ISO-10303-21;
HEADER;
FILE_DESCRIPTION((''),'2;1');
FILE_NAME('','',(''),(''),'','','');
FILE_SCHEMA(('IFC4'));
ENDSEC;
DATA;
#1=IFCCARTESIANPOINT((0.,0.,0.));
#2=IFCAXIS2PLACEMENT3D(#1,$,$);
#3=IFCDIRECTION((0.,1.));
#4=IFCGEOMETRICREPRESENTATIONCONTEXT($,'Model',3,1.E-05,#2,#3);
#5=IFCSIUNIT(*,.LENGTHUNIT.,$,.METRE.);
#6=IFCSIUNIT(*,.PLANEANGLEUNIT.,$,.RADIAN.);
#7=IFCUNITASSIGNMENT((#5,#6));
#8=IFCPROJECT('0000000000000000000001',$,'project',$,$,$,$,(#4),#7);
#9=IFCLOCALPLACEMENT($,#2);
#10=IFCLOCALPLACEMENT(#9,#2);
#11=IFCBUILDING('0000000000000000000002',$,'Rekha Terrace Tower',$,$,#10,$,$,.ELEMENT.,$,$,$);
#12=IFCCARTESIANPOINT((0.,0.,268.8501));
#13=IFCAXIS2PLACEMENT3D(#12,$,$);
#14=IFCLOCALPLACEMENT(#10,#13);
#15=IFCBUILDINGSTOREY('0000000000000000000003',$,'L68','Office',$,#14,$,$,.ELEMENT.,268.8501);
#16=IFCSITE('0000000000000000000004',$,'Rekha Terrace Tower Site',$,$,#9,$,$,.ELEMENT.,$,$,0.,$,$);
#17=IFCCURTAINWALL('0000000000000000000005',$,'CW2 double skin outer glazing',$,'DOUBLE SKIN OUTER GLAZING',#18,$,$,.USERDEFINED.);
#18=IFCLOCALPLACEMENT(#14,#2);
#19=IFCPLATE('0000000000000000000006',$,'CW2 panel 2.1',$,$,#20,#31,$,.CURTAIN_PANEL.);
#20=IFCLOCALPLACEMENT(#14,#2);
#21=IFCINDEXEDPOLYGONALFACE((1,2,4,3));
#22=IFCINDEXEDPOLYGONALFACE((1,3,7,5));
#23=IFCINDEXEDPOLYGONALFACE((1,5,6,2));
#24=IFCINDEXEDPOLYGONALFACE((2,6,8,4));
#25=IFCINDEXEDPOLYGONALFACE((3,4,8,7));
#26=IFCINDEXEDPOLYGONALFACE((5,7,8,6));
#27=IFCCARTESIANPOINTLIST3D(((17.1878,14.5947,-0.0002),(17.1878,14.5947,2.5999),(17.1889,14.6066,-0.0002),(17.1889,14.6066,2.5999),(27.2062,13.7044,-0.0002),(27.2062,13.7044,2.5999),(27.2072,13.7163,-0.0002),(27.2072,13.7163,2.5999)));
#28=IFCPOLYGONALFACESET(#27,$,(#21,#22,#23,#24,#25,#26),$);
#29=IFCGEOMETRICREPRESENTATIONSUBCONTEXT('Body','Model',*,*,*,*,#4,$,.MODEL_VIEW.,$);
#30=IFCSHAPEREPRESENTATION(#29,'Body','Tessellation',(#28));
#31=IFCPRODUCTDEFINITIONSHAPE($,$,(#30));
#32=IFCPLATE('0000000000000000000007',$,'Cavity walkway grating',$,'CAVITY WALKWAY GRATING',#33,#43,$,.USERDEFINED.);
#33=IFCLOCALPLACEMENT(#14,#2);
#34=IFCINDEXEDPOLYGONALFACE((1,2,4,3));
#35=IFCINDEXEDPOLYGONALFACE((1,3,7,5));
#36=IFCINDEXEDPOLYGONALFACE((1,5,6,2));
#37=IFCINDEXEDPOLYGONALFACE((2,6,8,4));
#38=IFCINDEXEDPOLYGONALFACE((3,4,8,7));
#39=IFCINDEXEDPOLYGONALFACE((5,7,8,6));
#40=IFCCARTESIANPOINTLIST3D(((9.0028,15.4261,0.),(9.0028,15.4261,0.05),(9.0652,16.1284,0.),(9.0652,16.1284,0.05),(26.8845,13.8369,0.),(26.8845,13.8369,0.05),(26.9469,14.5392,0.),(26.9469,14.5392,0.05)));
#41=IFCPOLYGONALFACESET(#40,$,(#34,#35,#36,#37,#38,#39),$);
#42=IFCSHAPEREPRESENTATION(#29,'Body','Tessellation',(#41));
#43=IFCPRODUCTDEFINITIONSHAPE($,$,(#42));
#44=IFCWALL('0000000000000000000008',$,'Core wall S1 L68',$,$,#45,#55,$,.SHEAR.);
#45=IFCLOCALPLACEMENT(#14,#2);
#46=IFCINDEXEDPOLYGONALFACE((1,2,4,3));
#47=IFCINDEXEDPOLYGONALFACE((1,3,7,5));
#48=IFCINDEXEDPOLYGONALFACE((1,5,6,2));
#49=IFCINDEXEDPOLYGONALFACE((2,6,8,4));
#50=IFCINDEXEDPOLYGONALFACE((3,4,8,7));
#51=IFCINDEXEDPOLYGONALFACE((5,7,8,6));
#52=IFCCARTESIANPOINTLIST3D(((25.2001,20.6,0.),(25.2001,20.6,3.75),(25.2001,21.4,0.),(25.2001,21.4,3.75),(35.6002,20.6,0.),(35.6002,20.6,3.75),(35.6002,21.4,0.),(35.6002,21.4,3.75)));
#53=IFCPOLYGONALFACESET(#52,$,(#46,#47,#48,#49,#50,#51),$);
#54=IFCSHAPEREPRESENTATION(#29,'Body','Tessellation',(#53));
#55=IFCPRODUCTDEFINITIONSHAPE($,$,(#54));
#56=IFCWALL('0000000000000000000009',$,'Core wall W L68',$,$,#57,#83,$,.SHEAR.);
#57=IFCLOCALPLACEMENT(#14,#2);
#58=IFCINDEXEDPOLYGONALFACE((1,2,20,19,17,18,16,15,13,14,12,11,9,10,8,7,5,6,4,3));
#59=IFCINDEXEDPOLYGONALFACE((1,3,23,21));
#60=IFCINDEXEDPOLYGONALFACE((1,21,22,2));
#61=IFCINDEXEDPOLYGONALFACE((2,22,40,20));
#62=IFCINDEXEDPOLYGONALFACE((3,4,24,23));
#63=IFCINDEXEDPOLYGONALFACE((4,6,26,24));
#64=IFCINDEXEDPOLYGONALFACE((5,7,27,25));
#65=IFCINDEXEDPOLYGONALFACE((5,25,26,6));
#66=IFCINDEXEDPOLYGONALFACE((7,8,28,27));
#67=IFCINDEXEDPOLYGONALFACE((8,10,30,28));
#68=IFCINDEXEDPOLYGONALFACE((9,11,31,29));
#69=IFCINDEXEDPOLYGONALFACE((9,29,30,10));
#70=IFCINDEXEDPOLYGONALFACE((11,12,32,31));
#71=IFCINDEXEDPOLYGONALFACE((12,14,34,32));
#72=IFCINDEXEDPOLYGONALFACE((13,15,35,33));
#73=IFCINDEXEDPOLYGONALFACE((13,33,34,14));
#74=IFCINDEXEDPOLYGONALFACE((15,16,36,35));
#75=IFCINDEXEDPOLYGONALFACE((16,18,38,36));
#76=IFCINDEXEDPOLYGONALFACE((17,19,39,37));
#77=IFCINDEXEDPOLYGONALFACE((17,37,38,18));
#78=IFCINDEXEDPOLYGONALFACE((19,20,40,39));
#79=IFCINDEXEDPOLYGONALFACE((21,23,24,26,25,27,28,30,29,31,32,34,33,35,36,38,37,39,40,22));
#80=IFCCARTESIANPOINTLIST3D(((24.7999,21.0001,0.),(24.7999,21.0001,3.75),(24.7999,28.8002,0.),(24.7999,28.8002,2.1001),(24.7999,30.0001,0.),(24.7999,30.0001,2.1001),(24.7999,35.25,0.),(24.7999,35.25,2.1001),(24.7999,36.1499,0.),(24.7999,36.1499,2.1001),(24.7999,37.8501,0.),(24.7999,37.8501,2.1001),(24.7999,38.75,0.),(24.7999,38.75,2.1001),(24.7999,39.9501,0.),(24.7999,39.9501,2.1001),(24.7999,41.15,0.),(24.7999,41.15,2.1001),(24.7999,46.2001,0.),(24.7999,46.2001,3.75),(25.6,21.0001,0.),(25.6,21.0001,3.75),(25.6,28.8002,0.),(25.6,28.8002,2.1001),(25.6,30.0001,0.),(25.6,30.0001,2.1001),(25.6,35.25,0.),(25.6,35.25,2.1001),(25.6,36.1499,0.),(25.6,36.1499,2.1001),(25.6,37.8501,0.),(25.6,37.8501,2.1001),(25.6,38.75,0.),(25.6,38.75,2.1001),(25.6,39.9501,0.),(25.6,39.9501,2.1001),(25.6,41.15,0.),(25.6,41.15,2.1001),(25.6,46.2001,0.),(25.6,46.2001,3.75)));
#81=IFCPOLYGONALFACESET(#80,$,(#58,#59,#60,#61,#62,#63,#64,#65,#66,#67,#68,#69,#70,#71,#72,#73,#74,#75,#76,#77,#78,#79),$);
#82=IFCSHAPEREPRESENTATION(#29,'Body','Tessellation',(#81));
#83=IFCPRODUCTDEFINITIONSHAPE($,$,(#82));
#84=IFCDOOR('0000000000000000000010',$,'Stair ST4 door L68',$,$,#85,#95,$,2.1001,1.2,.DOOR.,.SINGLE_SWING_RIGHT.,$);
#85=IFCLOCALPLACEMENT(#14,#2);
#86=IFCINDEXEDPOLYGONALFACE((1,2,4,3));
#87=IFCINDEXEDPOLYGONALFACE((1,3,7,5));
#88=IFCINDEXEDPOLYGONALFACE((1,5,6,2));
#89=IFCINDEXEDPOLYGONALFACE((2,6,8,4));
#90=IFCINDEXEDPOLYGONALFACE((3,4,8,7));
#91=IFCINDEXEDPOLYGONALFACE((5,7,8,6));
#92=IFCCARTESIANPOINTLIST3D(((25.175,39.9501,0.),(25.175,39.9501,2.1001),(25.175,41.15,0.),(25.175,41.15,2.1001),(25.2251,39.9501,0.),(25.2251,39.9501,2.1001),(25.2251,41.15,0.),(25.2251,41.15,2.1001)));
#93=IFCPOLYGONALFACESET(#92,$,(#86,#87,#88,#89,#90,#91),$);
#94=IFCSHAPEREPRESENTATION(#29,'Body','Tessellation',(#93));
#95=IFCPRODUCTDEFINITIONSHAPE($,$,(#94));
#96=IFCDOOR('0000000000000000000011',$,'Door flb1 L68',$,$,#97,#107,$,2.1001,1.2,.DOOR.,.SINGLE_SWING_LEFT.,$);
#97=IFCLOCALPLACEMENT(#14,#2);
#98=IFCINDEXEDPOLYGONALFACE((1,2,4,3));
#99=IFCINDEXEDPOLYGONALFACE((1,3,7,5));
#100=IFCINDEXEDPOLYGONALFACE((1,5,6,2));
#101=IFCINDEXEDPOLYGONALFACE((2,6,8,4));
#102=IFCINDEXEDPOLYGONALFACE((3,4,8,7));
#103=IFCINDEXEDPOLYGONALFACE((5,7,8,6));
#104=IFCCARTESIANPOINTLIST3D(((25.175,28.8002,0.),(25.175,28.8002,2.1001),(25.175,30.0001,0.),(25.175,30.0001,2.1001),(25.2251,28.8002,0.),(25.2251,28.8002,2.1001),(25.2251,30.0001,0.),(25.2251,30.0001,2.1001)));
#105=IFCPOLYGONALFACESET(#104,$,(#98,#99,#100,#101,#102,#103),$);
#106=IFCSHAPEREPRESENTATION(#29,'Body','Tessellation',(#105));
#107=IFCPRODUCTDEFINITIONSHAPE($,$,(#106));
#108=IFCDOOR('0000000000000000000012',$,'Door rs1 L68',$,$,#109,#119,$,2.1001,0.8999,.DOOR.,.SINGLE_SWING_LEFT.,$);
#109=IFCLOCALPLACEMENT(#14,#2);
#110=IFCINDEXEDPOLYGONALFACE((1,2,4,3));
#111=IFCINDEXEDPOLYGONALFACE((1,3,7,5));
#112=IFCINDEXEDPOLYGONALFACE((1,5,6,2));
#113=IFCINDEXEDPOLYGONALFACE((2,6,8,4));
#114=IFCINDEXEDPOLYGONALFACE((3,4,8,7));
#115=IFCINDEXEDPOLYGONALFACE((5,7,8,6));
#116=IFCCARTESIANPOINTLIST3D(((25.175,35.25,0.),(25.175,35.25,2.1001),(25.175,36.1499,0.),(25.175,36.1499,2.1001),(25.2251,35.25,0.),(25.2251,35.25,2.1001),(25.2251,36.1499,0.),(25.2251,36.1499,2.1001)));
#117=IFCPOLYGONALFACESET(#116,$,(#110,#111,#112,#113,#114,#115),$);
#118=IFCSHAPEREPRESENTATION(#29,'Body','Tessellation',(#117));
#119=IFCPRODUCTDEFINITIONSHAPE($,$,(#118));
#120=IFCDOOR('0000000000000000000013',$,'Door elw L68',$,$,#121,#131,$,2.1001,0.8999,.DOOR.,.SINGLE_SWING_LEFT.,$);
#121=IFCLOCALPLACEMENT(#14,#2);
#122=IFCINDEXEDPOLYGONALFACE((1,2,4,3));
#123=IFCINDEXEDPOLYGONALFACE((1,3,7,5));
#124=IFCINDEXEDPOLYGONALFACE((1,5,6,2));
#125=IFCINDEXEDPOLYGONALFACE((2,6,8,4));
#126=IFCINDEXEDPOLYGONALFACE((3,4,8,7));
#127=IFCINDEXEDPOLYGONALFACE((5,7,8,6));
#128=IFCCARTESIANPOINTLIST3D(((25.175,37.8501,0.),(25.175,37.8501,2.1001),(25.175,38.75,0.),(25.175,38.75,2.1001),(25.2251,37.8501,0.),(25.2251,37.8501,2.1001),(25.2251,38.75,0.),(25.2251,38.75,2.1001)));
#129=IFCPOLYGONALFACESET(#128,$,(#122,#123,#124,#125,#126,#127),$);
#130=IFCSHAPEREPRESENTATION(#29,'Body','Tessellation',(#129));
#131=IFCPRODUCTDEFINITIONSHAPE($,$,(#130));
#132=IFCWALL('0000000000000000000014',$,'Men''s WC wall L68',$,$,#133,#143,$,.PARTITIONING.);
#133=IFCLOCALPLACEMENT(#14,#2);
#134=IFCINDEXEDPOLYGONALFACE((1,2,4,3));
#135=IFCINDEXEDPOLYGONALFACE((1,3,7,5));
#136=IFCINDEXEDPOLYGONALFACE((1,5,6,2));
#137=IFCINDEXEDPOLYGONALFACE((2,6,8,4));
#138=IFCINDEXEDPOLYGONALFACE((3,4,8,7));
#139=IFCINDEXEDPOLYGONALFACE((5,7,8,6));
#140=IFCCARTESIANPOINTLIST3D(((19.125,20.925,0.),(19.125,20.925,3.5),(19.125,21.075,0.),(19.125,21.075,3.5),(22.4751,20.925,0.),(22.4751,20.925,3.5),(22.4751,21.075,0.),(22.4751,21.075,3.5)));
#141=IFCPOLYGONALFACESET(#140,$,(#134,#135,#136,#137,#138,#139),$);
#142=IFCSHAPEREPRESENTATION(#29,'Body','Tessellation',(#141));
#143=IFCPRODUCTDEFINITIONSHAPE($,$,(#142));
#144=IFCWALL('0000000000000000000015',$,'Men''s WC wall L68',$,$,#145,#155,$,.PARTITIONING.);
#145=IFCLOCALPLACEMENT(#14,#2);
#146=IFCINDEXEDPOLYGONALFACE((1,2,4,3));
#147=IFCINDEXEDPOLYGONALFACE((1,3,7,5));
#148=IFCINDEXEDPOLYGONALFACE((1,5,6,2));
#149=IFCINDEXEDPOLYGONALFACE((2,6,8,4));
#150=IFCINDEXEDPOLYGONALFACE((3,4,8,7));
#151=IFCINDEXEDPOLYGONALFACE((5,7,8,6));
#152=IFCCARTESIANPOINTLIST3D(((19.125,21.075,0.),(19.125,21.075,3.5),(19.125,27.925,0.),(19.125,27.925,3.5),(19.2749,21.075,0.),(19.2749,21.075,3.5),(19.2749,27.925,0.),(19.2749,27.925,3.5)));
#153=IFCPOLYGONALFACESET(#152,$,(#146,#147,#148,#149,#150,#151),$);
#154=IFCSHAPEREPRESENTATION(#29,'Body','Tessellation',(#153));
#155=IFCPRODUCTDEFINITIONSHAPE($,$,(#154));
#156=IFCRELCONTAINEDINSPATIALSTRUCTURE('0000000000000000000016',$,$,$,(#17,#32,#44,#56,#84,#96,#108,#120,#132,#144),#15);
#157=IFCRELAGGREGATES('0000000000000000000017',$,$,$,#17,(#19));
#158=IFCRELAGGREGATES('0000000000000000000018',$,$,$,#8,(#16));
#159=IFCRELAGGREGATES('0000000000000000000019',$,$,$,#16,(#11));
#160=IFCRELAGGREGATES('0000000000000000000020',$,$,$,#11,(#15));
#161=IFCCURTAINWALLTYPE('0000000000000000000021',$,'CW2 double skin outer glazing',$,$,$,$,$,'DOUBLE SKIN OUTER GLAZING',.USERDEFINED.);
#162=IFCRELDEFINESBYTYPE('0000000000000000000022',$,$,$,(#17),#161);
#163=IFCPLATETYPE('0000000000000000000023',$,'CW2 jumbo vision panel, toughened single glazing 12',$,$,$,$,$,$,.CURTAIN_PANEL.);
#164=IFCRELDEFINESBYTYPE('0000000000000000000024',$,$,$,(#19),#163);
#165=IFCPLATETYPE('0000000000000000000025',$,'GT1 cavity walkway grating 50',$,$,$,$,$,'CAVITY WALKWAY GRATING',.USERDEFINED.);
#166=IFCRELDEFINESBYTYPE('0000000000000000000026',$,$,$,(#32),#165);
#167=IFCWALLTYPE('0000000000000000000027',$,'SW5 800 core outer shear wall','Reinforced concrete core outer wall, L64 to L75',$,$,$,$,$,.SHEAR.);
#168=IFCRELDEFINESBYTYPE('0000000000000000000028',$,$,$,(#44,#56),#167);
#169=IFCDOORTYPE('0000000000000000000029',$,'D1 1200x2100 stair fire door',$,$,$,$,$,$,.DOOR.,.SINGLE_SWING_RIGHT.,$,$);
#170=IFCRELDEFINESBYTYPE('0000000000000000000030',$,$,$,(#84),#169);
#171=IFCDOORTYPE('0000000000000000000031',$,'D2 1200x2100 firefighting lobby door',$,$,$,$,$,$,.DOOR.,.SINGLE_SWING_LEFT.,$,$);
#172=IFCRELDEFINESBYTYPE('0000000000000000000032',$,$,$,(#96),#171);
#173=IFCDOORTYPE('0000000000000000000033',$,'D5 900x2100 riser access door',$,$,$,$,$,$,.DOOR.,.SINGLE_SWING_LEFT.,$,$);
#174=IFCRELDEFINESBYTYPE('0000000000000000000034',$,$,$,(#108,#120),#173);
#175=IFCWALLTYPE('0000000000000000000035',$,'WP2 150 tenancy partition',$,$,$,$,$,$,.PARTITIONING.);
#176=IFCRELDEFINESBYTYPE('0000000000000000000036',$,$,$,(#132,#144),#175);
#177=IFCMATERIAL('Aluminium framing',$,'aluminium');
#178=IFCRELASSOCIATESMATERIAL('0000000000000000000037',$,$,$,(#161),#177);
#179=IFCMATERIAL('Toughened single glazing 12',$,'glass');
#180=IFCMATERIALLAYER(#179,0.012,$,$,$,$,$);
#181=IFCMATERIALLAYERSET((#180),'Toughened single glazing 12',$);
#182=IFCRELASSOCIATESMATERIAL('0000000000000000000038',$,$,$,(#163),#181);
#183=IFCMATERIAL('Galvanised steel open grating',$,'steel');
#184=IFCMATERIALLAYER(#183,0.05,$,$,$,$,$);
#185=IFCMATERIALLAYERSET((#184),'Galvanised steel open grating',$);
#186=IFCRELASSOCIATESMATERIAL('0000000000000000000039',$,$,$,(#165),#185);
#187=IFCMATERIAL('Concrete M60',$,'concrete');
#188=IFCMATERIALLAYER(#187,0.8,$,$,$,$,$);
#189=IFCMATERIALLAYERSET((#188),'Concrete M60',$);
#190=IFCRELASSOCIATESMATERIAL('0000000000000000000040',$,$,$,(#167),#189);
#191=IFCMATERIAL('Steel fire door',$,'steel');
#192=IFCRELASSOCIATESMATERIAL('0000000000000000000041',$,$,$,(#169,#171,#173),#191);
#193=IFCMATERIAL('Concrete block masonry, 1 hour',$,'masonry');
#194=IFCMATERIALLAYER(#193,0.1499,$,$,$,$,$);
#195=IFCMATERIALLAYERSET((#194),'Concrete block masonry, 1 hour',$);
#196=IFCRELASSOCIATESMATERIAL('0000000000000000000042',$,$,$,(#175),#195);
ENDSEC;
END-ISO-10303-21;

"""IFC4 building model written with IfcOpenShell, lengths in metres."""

from ifc_helpers import new_model, si_unit, direction, frame, frame_2d, origin, origin_2d, place, context, subcontext, project, spatial, rectangle, extrude, material, layer, layer_set, type_object, element, fill, aggregate, save


model = new_model("IFC4")

# Units and contexts
model_context = context("Model", 3, precision=1e-05, world=origin(), true_north=direction((0.0, 1.0)))
body_context = subcontext(model_context, "Body", "Model", "MODEL_VIEW")
ifc_project = project(units=[si_unit("LENGTHUNIT", "METRE"), si_unit("PLANEANGLEUNIT", "RADIAN")], contexts=[model_context])

# Site, building, storey
site_placement = place(None, origin())
site = spatial("IfcSite", under=ifc_project, at=site_placement, Name="Rekha Terrace Tower Site", CompositionType="ELEMENT", RefElevation=0.0)
building_placement = place(site_placement, origin())
building = spatial("IfcBuilding", under=site, at=building_placement, Name="Rekha Terrace Tower", CompositionType="ELEMENT")
storey_placement = place(building_placement, frame((0.0, 0.0, 268.8501)))
storey = spatial("IfcBuildingStorey", under=building, at=storey_placement, Name="L68", Description="Office", CompositionType="ELEMENT", Elevation=268.8501)

# Shared definitions
ifc_material_1 = material(Name="Aluminium framing", Category="aluminium")

# Curtain wall
curtain_wall_type_1 = type_object("IfcCurtainWallType", Name="CW2 double skin outer glazing", ElementType="DOUBLE SKIN OUTER GLAZING", PredefinedType="USERDEFINED", material=ifc_material_1)
curtain_wall_1_placement = place(storey_placement, origin())
curtain_wall_1 = element("IfcCurtainWall", 1, at=curtain_wall_1_placement, inside=storey, type_object=curtain_wall_type_1, Name="CW2 double skin outer glazing", ObjectType="DOUBLE SKIN OUTER GLAZING", PredefinedType="USERDEFINED")

# Plates
ifc_material_2 = material(Name="Toughened single glazing 12", Category="glass")
ifc_layer_1 = layer(ifc_material_2, 0.012)
ifc_layer_set_1 = layer_set([ifc_layer_1], Name="Toughened single glazing 12")
plate_type_1 = type_object("IfcPlateType", Name="CW2 jumbo vision panel, toughened single glazing 12", PredefinedType="CURTAIN_PANEL", material=ifc_layer_set_1)
plate_1_placement = place(storey_placement, frame((22.1975, 14.1555, -0.0002), z_axis=(0.0, 0.0, 1.0), x_axis=(0.996074, -0.088522, 0.0)))
plate_1 = element("IfcPlate", 2, at=plate_1_placement, type_object=plate_type_1, Name="CW2 panel 2.1", PredefinedType="CURTAIN_PANEL", context=body_context, shape_type="SweptSolid", body=[
    extrude(rectangle(XDim=10.0579, YDim=0.012, at=origin_2d()), origin(), (0.0, 0.0, 1.0), 2.6001),
])
aggregate(curtain_wall_1, [plate_1])
ifc_material_3 = material(Name="Galvanised steel open grating", Category="steel")
ifc_layer_2 = layer(ifc_material_3, 0.05)
ifc_layer_set_2 = layer_set([ifc_layer_2], Name="Galvanised steel open grating")
plate_type_2 = type_object("IfcPlateType", Name="GT1 cavity walkway grating 50", ElementType="CAVITY WALKWAY GRATING", PredefinedType="USERDEFINED", material=ifc_layer_set_2)
plate_2_placement = place(storey_placement, frame((17.9749, 14.9827, 0.0), z_axis=(0.0, 0.0, 1.0), x_axis=(0.996074, -0.088522, 0.0)))
element("IfcPlate", 3, at=plate_2_placement, inside=storey, type_object=plate_type_2, Name="Cavity walkway grating", ObjectType="CAVITY WALKWAY GRATING", PredefinedType="USERDEFINED", context=body_context, shape_type="SweptSolid", body=[
    extrude(rectangle(XDim=17.9521, YDim=0.7051, at=origin_2d()), origin(), (0.0, 0.0, 1.0), 0.05),
])

# Wall
ifc_material_4 = material(Name="Concrete M60", Category="concrete")
ifc_layer_3 = layer(ifc_material_4, 0.8)
ifc_layer_set_3 = layer_set([ifc_layer_3], Name="Concrete M60")
wall_type_1 = type_object("IfcWallType", Name="SW5 800 core outer shear wall", Description="Reinforced concrete core outer wall, L64 to L75", PredefinedType="SHEAR", material=ifc_layer_set_3)
wall_1_placement = place(storey_placement, frame((25.2, 21.0, 0.0), z_axis=(0.0, 0.0, 1.0), x_axis=(1.0, 0.0, 0.0)))
element("IfcWall", 4, at=wall_1_placement, inside=storey, type_object=wall_type_1, Name="Core wall S1 L68", PredefinedType="SHEAR", context=body_context, shape_type="SweptSolid", body=[
    extrude(rectangle(XDim=10.4001, YDim=0.8, at=frame_2d((5.2002, 0.0))), origin(), (0.0, 0.0, 1.0), 3.75),
])

# Wall, openings, doors
wall_2_placement = place(storey_placement, frame((25.2, 21.0, 0.0), z_axis=(0.0, 0.0, 1.0), x_axis=(0.0, 1.0, 0.0)))
wall_2 = element("IfcWall", 5, at=wall_2_placement, inside=storey, type_object=wall_type_1, Name="Core wall W L68", PredefinedType="SHEAR", context=body_context, shape_type="SweptSolid", body=[
    extrude(rectangle(XDim=25.2, YDim=0.8, at=frame_2d((12.6001, 0.0))), origin(), (0.0, 0.0, 1.0), 3.75),
])
opening_1_placement = place(wall_2_placement, frame((7.8, 0.0, 0.0)))
opening_1 = element("IfcOpeningElement", 6, at=opening_1_placement, cuts=wall_2, PredefinedType="OPENING", context=body_context, shape_type="SweptSolid", body=[
    extrude(rectangle(XDim=1.2, YDim=2.1001, at=frame_2d((0.6001, 1.05))), frame((0.0, 0.4099, 0.0), z_axis=(0.0, -1.0, 0.0), x_axis=(1.0, 0.0, 0.0)), (0.0, 0.0, 1.0), 0.8201),
])
opening_2_placement = place(wall_2_placement, frame((14.25, 0.0, 0.0)))
opening_2 = element("IfcOpeningElement", 7, at=opening_2_placement, cuts=wall_2, PredefinedType="OPENING", context=body_context, shape_type="SweptSolid", body=[
    extrude(rectangle(XDim=0.8999, YDim=2.1001, at=frame_2d((0.45, 1.05))), frame((0.0, 0.4099, 0.0), z_axis=(0.0, -1.0, 0.0), x_axis=(1.0, 0.0, 0.0)), (0.0, 0.0, 1.0), 0.8201),
])
opening_3_placement = place(wall_2_placement, frame((16.8501, 0.0, 0.0)))
opening_3 = element("IfcOpeningElement", 8, at=opening_3_placement, cuts=wall_2, PredefinedType="OPENING", context=body_context, shape_type="SweptSolid", body=[
    extrude(rectangle(XDim=0.8999, YDim=2.1001, at=frame_2d((0.45, 1.05))), frame((0.0, 0.4099, 0.0), z_axis=(0.0, -1.0, 0.0), x_axis=(1.0, 0.0, 0.0)), (0.0, 0.0, 1.0), 0.8201),
])
opening_4_placement = place(wall_2_placement, frame((18.95, 0.0, 0.0)))
opening_4 = element("IfcOpeningElement", 9, at=opening_4_placement, cuts=wall_2, PredefinedType="OPENING", context=body_context, shape_type="SweptSolid", body=[
    extrude(rectangle(XDim=1.2, YDim=2.1001, at=frame_2d((0.6001, 1.05))), frame((0.0, 0.4099, 0.0), z_axis=(0.0, -1.0, 0.0), x_axis=(1.0, 0.0, 0.0)), (0.0, 0.0, 1.0), 0.8201),
])
ifc_material_5 = material(Name="Steel fire door", Category="steel")
door_type_1 = type_object("IfcDoorType", Name="D1 1200x2100 stair fire door", OperationType="SINGLE_SWING_RIGHT", PredefinedType="DOOR", material=ifc_material_5)
door_1_placement = place(opening_4_placement, origin())
door_1 = element("IfcDoor", 10, at=door_1_placement, inside=storey, type_object=door_type_1, Name="Stair ST4 door L68", OperationType="SINGLE_SWING_RIGHT", OverallHeight=2.1001, OverallWidth=1.2, PredefinedType="DOOR", context=body_context, shape_type="SweptSolid", body=[
    extrude(rectangle(XDim=1.2, YDim=2.1001, at=frame_2d((0.6001, 1.05))), frame((0.0, 0.0249, 0.0), z_axis=(0.0, -1.0, 0.0), x_axis=(1.0, 0.0, 0.0)), (0.0, 0.0, 1.0), 0.05),
])
fill(opening_4, door_1)
door_type_2 = type_object("IfcDoorType", Name="D2 1200x2100 firefighting lobby door", OperationType="SINGLE_SWING_LEFT", PredefinedType="DOOR", material=ifc_material_5)
door_2_placement = place(opening_1_placement, origin())
door_2 = element("IfcDoor", 11, at=door_2_placement, inside=storey, type_object=door_type_2, Name="Door flb1 L68", OperationType="SINGLE_SWING_LEFT", OverallHeight=2.1001, OverallWidth=1.2, PredefinedType="DOOR", context=body_context, shape_type="SweptSolid", body=[
    extrude(rectangle(XDim=1.2, YDim=2.1001, at=frame_2d((0.6001, 1.05))), frame((0.0, 0.0249, 0.0), z_axis=(0.0, -1.0, 0.0), x_axis=(1.0, 0.0, 0.0)), (0.0, 0.0, 1.0), 0.05),
])
fill(opening_1, door_2)
door_type_3 = type_object("IfcDoorType", Name="D5 900x2100 riser access door", OperationType="SINGLE_SWING_LEFT", PredefinedType="DOOR", material=ifc_material_5)
door_3_placement = place(opening_2_placement, origin())
door_3 = element("IfcDoor", 12, at=door_3_placement, inside=storey, type_object=door_type_3, Name="Door rs1 L68", OperationType="SINGLE_SWING_LEFT", OverallHeight=2.1001, OverallWidth=0.8999, PredefinedType="DOOR", context=body_context, shape_type="SweptSolid", body=[
    extrude(rectangle(XDim=0.8999, YDim=2.1001, at=frame_2d((0.45, 1.05))), frame((0.0, 0.0249, 0.0), z_axis=(0.0, -1.0, 0.0), x_axis=(1.0, 0.0, 0.0)), (0.0, 0.0, 1.0), 0.05),
])
fill(opening_2, door_3)
door_4_placement = place(opening_3_placement, origin())
door_4 = element("IfcDoor", 13, at=door_4_placement, inside=storey, type_object=door_type_3, Name="Door elw L68", OperationType="SINGLE_SWING_LEFT", OverallHeight=2.1001, OverallWidth=0.8999, PredefinedType="DOOR", context=body_context, shape_type="SweptSolid", body=[
    extrude(rectangle(XDim=0.8999, YDim=2.1001, at=frame_2d((0.45, 1.05))), frame((0.0, 0.0249, 0.0), z_axis=(0.0, -1.0, 0.0), x_axis=(1.0, 0.0, 0.0)), (0.0, 0.0, 1.0), 0.05),
])
fill(opening_3, door_4)

# Walls
ifc_material_6 = material(Name="Concrete block masonry, 1 hour", Category="masonry")
ifc_layer_4 = layer(ifc_material_6, 0.1499)
ifc_layer_set_4 = layer_set([ifc_layer_4], Name="Concrete block masonry, 1 hour")
wall_type_2 = type_object("IfcWallType", Name="WP2 150 tenancy partition", PredefinedType="PARTITIONING", material=ifc_layer_set_4)
wall_3_placement = place(storey_placement, frame((19.125, 21.0, 0.0), z_axis=(0.0, 0.0, 1.0), x_axis=(1.0, 0.0, 0.0)))
element("IfcWall", 14, at=wall_3_placement, inside=storey, type_object=wall_type_2, Name="Men's WC wall L68", PredefinedType="PARTITIONING", context=body_context, shape_type="SweptSolid", body=[
    extrude(rectangle(XDim=3.3501, YDim=0.1499, at=frame_2d((1.675, 0.0))), origin(), (0.0, 0.0, 1.0), 3.5),
])
wall_4_placement = place(storey_placement, frame((19.2, 21.075, 0.0), z_axis=(0.0, 0.0, 1.0), x_axis=(0.0, 1.0, 0.0)))
element("IfcWall", 15, at=wall_4_placement, inside=storey, type_object=wall_type_2, Name="Men's WC wall L68", PredefinedType="PARTITIONING", context=body_context, shape_type="SweptSolid", body=[
    extrude(rectangle(XDim=6.8501, YDim=0.1499, at=frame_2d((3.425, 0.0))), origin(), (0.0, 0.0, 1.0), 3.5),
])

save(model, "model.ifc")
